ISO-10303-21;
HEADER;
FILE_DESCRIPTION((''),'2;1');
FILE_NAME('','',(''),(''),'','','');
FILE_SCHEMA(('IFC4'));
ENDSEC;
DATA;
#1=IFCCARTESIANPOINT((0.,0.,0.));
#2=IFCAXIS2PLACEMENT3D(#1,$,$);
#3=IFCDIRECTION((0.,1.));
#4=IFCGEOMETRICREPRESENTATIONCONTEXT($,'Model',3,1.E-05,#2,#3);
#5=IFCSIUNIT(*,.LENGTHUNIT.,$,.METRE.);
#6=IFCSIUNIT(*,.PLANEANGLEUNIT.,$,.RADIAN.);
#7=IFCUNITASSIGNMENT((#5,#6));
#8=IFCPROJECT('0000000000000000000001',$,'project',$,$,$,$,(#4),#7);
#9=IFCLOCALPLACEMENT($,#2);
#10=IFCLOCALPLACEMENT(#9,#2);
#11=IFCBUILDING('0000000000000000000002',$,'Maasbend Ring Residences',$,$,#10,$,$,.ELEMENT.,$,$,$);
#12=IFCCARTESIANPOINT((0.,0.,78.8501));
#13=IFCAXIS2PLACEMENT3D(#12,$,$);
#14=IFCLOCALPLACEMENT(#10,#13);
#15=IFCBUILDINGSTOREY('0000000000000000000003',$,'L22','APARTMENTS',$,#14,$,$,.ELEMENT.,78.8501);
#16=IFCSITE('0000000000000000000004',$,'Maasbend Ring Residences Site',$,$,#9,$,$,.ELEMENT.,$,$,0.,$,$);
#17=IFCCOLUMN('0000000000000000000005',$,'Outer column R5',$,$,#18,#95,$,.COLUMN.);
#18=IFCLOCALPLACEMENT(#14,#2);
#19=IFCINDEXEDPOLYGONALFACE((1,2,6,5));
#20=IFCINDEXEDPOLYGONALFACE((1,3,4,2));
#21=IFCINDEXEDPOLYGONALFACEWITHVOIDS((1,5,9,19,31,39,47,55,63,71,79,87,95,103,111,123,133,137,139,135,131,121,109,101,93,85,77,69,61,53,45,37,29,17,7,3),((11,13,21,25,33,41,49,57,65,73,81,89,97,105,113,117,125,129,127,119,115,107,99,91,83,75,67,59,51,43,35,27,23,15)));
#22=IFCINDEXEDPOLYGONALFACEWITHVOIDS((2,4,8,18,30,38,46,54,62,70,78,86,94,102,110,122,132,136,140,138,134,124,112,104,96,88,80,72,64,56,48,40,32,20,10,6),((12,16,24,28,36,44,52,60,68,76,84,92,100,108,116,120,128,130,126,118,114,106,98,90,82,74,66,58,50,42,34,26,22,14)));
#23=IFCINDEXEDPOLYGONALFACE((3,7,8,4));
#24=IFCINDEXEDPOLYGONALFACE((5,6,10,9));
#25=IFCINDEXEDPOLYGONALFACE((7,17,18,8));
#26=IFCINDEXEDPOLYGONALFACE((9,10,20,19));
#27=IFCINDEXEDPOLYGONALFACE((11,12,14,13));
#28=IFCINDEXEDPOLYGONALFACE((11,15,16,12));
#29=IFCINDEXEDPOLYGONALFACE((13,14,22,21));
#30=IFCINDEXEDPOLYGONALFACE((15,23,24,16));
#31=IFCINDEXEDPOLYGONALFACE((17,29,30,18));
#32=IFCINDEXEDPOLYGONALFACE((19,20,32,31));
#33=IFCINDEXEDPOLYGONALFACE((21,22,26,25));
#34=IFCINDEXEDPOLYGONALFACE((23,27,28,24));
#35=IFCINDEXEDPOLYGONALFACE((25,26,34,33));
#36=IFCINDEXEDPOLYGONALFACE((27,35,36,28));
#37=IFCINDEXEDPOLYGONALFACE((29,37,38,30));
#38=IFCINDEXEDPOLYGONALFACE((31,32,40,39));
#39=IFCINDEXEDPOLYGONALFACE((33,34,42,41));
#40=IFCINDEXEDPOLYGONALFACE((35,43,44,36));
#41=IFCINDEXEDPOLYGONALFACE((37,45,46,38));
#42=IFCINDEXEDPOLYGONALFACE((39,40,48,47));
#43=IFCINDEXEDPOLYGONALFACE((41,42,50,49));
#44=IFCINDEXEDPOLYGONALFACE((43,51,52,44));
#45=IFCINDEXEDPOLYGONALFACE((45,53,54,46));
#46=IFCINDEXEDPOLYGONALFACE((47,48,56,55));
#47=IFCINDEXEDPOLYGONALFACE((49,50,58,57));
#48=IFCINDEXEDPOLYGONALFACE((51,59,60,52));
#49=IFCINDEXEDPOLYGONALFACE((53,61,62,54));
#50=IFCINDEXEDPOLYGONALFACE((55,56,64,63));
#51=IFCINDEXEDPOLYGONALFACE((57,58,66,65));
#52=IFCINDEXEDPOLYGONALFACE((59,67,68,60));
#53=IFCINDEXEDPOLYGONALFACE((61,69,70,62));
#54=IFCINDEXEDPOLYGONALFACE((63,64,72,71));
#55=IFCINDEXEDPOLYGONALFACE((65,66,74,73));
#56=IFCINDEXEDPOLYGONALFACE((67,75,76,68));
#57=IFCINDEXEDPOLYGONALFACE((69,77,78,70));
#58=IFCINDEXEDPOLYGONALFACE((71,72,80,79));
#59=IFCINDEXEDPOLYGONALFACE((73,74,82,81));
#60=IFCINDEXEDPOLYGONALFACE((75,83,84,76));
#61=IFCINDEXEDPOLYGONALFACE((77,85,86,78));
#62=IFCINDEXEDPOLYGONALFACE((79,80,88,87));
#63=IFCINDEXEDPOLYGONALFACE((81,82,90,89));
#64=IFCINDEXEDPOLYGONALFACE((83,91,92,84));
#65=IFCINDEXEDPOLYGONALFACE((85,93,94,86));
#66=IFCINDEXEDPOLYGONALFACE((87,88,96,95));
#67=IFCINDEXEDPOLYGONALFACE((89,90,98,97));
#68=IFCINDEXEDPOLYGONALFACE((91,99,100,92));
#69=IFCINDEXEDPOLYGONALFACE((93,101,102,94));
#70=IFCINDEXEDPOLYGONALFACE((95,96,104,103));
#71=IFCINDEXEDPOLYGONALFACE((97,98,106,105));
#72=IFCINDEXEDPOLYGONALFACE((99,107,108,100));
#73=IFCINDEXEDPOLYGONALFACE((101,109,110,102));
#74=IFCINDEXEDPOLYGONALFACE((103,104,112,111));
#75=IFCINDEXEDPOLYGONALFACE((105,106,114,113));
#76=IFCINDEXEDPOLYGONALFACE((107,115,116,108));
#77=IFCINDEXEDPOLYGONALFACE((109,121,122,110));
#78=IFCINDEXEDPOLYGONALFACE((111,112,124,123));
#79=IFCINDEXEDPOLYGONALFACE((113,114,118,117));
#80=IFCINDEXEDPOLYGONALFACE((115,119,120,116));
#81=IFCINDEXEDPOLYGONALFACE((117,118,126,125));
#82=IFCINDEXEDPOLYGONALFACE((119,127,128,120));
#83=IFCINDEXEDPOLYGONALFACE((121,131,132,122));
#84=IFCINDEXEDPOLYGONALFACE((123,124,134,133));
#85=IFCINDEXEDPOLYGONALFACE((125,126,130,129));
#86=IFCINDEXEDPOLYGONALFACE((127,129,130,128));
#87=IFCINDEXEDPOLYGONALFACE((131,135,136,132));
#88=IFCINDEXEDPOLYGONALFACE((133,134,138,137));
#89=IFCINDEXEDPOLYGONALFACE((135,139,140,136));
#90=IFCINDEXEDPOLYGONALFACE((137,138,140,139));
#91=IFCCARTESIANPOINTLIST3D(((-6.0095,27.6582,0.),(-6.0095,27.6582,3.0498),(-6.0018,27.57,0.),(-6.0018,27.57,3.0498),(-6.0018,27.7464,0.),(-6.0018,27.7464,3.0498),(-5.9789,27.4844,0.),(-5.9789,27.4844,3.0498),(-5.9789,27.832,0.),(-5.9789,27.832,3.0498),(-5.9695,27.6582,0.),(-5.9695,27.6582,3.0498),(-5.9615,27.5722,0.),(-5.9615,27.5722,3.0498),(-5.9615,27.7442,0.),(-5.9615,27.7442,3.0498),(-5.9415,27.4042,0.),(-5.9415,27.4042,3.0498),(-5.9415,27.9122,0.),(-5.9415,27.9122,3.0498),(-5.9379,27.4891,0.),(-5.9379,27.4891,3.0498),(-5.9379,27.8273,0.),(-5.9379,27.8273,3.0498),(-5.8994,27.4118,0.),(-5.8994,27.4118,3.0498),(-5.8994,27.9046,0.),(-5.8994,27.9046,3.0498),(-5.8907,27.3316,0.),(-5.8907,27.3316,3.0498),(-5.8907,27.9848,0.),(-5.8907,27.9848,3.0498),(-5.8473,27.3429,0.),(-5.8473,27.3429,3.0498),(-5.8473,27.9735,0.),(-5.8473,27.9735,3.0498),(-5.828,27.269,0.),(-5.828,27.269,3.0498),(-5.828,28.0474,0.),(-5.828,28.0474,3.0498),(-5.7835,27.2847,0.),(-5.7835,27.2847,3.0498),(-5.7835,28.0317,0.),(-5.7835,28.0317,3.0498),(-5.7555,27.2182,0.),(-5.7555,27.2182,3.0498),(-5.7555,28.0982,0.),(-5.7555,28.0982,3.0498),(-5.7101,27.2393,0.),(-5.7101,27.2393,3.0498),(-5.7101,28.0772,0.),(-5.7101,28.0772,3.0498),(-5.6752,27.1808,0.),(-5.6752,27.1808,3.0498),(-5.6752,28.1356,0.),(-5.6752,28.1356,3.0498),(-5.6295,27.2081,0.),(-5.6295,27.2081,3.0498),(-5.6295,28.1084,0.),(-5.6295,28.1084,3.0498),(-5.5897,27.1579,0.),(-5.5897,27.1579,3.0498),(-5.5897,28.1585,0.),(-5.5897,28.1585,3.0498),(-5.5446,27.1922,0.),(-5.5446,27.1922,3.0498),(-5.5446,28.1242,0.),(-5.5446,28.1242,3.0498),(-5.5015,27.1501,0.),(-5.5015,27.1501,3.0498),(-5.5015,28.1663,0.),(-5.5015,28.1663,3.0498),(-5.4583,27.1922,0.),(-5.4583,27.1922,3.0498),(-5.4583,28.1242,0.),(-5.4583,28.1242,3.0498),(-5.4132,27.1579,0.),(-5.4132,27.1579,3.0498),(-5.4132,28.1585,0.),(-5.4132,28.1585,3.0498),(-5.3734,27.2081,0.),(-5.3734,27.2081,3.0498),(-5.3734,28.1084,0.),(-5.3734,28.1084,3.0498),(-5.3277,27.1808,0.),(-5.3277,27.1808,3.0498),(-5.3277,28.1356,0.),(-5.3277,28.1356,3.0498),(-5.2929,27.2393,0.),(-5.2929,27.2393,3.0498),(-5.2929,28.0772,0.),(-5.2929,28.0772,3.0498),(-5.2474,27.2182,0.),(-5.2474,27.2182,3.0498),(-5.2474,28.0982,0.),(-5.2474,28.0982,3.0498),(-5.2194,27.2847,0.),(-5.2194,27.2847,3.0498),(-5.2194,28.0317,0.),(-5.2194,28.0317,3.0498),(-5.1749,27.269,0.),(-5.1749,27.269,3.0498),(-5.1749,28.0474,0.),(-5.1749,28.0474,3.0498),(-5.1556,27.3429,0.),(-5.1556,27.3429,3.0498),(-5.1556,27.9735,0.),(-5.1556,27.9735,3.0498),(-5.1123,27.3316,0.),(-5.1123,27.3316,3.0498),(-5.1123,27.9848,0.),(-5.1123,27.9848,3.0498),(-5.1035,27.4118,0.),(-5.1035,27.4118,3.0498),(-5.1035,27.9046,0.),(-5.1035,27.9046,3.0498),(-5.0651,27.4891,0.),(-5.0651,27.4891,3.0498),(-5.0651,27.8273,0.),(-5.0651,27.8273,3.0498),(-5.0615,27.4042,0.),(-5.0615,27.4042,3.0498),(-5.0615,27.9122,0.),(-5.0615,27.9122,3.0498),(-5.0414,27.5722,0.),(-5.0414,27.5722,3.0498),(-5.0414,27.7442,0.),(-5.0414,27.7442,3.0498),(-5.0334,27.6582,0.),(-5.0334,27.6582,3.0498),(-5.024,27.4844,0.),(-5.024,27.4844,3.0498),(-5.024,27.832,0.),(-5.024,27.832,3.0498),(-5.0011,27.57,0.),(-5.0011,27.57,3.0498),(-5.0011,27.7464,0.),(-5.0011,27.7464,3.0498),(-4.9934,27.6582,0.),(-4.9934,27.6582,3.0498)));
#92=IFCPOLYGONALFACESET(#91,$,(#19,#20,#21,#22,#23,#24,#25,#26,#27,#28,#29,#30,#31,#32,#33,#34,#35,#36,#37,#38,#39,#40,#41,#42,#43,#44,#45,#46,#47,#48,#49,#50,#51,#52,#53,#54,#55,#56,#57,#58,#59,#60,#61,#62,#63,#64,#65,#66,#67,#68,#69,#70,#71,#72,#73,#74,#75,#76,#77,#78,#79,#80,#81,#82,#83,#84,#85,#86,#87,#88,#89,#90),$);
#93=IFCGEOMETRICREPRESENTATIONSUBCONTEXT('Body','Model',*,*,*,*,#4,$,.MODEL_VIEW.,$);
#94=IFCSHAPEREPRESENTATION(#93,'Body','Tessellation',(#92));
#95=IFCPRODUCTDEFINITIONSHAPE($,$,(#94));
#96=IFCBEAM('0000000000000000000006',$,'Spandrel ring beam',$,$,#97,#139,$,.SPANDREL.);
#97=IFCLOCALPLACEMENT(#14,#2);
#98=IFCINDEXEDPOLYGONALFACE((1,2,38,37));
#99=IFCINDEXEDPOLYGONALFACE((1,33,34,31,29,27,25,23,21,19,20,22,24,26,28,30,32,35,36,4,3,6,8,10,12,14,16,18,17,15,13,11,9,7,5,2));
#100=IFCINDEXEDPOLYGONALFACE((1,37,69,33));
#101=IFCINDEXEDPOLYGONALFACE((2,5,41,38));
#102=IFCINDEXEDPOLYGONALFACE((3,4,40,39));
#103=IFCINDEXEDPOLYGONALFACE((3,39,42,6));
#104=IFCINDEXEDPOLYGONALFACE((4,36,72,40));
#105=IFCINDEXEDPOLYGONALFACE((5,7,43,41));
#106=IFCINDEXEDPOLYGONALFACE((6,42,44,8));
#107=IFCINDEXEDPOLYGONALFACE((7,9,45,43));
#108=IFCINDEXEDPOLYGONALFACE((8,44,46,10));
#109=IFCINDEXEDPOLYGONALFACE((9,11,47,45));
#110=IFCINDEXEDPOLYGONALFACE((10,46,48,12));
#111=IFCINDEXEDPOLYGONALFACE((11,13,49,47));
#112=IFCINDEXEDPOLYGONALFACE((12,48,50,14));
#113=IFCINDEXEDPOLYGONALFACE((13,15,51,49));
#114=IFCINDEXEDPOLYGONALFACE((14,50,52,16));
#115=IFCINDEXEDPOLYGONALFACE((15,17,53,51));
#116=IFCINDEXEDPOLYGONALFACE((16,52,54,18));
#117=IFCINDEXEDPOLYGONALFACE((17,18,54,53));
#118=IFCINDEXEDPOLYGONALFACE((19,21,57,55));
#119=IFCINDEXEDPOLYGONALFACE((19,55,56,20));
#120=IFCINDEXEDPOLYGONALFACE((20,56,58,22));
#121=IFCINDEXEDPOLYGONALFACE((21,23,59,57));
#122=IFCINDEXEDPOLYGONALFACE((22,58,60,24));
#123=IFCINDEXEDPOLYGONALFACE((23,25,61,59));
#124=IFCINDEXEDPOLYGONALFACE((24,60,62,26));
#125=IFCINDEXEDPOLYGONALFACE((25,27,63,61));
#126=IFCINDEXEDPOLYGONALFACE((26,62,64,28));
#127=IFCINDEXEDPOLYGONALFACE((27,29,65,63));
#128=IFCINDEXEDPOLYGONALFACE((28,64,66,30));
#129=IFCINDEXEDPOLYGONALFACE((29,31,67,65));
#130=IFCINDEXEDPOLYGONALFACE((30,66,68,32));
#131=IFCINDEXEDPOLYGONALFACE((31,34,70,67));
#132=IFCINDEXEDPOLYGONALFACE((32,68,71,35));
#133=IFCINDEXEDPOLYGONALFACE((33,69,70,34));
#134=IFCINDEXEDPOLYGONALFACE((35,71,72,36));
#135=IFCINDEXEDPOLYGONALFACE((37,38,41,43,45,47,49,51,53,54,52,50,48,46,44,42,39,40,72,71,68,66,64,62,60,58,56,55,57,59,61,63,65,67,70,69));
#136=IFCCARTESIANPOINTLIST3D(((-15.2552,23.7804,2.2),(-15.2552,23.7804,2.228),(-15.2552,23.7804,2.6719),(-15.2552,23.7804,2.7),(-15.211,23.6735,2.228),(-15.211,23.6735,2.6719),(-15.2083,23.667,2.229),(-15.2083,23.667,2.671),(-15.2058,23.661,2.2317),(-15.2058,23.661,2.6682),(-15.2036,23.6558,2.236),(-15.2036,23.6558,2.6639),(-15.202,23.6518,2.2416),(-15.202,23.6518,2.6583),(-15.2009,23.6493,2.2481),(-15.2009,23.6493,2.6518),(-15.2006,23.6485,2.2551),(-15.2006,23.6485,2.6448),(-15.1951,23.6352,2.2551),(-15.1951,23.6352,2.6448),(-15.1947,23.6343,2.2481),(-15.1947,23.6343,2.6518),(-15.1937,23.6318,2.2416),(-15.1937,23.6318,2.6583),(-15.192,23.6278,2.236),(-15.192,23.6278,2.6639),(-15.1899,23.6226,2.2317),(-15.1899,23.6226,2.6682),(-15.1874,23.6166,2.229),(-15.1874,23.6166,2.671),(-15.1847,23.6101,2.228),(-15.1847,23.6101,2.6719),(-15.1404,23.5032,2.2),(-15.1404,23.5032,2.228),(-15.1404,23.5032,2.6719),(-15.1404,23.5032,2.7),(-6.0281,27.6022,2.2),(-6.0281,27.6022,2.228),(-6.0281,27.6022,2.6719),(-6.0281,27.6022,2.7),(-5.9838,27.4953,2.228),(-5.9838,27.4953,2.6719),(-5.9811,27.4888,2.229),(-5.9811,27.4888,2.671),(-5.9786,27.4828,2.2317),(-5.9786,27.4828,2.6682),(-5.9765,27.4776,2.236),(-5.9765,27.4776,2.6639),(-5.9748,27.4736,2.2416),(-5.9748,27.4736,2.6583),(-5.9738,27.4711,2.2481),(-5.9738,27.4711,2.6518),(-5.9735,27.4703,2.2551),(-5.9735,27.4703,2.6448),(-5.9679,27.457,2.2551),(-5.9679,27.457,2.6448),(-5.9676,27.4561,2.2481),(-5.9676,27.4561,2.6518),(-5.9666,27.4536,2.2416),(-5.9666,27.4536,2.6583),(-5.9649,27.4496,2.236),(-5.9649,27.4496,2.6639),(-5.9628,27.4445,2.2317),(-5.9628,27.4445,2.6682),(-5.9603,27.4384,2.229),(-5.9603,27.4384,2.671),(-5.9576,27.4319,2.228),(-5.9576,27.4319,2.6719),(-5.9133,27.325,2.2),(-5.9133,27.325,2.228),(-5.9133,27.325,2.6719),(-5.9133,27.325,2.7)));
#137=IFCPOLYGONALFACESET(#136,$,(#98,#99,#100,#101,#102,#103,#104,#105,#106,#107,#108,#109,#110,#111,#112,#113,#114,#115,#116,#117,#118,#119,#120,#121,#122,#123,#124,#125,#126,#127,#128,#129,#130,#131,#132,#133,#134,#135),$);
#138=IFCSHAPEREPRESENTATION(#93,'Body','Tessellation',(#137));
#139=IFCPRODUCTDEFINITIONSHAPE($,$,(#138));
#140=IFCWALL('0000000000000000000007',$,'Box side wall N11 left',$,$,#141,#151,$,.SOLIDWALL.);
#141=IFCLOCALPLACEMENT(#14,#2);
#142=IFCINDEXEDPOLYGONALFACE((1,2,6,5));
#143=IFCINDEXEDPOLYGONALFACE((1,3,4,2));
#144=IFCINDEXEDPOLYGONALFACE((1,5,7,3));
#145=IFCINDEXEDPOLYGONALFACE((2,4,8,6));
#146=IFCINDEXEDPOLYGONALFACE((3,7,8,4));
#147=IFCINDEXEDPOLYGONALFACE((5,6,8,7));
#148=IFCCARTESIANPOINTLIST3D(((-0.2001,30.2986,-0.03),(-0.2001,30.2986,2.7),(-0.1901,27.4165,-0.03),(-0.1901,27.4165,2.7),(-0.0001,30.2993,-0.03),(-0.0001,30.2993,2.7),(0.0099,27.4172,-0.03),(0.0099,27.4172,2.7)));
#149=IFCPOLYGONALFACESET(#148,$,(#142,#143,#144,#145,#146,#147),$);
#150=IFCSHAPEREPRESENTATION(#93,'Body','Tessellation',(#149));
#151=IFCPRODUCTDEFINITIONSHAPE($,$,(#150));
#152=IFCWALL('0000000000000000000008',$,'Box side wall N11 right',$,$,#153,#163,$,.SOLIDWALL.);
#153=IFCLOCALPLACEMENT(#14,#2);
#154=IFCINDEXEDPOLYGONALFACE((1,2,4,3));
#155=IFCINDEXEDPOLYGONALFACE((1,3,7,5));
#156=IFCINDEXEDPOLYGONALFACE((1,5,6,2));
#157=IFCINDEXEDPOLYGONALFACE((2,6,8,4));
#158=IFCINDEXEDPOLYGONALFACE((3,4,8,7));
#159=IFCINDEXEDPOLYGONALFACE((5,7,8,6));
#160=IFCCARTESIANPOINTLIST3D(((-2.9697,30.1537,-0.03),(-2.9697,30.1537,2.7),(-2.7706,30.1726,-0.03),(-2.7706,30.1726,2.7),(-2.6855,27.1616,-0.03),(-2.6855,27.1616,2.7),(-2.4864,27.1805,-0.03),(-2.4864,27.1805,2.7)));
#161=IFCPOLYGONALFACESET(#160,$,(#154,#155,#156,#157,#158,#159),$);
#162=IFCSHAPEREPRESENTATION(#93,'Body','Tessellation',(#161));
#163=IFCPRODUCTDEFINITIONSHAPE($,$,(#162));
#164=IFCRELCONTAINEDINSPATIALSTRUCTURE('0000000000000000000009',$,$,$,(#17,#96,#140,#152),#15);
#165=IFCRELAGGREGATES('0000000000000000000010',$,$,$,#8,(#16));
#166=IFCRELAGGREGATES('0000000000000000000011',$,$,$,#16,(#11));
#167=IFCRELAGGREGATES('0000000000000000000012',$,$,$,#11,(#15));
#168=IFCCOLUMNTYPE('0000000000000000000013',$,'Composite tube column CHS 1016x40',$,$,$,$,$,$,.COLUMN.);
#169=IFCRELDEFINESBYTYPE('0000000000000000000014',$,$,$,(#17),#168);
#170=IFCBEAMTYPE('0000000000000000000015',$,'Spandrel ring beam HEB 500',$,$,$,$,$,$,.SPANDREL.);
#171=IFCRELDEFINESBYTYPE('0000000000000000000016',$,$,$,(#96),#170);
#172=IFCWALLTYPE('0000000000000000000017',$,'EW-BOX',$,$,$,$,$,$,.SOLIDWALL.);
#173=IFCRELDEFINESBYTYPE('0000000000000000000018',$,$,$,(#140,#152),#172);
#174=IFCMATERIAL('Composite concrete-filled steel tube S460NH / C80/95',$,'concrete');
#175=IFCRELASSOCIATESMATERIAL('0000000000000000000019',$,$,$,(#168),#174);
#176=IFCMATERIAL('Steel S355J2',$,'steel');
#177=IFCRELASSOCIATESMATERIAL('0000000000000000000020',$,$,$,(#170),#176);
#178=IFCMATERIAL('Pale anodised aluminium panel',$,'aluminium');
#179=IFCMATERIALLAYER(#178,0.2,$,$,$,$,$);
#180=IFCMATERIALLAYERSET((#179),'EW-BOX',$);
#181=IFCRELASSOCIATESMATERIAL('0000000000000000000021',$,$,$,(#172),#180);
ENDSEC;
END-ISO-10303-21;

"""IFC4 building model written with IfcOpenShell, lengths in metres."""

from ifc_helpers import new_model, si_unit, direction, frame, frame_2d, origin, origin_2d, place, context, subcontext, project, spatial, rectangle, hollow_circle, i_section, extrude, material, layer, layer_set, material_profile, profile_set, type_object, element, save


model = new_model("IFC4")

# Units and contexts
model_context = context("Model", 3, precision=1e-05, world=origin(), true_north=direction((0.0, 1.0)))
body_context = subcontext(model_context, "Body", "Model", "MODEL_VIEW")
ifc_project = project(units=[si_unit("LENGTHUNIT", "METRE"), si_unit("PLANEANGLEUNIT", "RADIAN")], contexts=[model_context])

# Site, building, storey
site_placement = place(None, origin())
site = spatial("IfcSite", under=ifc_project, at=site_placement, Name="Maasbend Ring Residences Site", CompositionType="ELEMENT", RefElevation=0.0)
building_placement = place(site_placement, origin())
building = spatial("IfcBuilding", under=site, at=building_placement, Name="Maasbend Ring Residences", CompositionType="ELEMENT")
storey_placement = place(building_placement, frame((0.0, 0.0, 78.8501)))
storey = spatial("IfcBuildingStorey", under=building, at=storey_placement, Name="L22", Description="APARTMENTS", CompositionType="ELEMENT", Elevation=78.8501)

# Column
ifc_material_1 = material(Name="Composite concrete-filled steel tube S460NH / C80/95", Category="concrete")
ifc_material_profile_1 = material_profile(ifc_material_1, hollow_circle(Radius=0.5081, WallThickness=0.04, at=origin_2d()), Name="Composite tube column CHS 1016x40")
ifc_profile_set_1 = profile_set([ifc_material_profile_1], Name="Composite concrete-filled steel tube S460NH / C80/95")
column_type = type_object("IfcColumnType", Name="Composite tube column CHS 1016x40", PredefinedType="COLUMN", material=ifc_profile_set_1)
column_placement = place(storey_placement, frame((-5.5015, 27.6582, 0.0), z_axis=(0.0, 0.0, 1.0), x_axis=(1.0, 0.0, 0.0)))
element("IfcColumn", 1, at=column_placement, inside=storey, type_object=column_type, Name="Outer column R5", PredefinedType="COLUMN", context=body_context, shape_type="SweptSolid", body=[
    extrude(hollow_circle(Radius=0.5081, WallThickness=0.04, at=origin_2d()), origin(), (0.0, 0.0, 1.0), 3.0498),
])

# Beam
ifc_material_2 = material(Name="Steel S355J2", Category="steel")
ifc_material_profile_2 = material_profile(ifc_material_2, i_section(OverallWidth=0.3, OverallDepth=0.5, WebThickness=0.0144, FlangeThickness=0.0281, FilletRadius=0.0271, at=origin_2d()), Name="HEB 500")
ifc_profile_set_2 = profile_set([ifc_material_profile_2], Name="Steel S355J2")
beam_type = type_object("IfcBeamType", Name="Spandrel ring beam HEB 500", PredefinedType="SPANDREL", material=ifc_profile_set_2)
beam_placement = place(storey_placement, frame((-5.9707, 27.4636, 2.45), z_axis=(-0.923886, -0.382667, 0.0), x_axis=(0.382667, -0.923886, 0.0)))
element("IfcBeam", 2, at=beam_placement, inside=storey, type_object=beam_type, Name="Spandrel ring beam", PredefinedType="SPANDREL", context=body_context, shape_type="SweptSolid", body=[
    extrude(i_section(OverallWidth=0.3, OverallDepth=0.5, WebThickness=0.0144, FlangeThickness=0.0281, FilletRadius=0.0271, at=origin_2d()), origin(), (0.0, 0.0, 1.0), 9.9873),
])

# Walls
ifc_material_3 = material(Name="Pale anodised aluminium panel", Category="aluminium")
ifc_layer_1 = layer(ifc_material_3, 0.2)
ifc_layer_set_1 = layer_set([ifc_layer_1], Name="EW-BOX")
wall_type_1 = type_object("IfcWallType", Name="EW-BOX", PredefinedType="SOLIDWALL", material=ifc_layer_set_1)
wall_1_placement = place(storey_placement, frame((-0.0901, 27.417, -0.03), z_axis=(0.0, 0.0, 1.0), x_axis=(-0.003473, 0.999994, 0.0)))
element("IfcWall", 3, at=wall_1_placement, inside=storey, type_object=wall_type_1, Name="Box side wall N11 left", PredefinedType="SOLIDWALL", context=body_context, shape_type="SweptSolid", body=[
    extrude(rectangle(XDim=2.8821, YDim=0.2, at=frame_2d((1.4409, 0.0))), origin(), (0.0, 0.0, 1.0), 2.73),
])
wall_2_placement = place(storey_placement, frame((-2.5859, 27.1709, -0.03), z_axis=(0.0, 0.0, 1.0), x_axis=(-0.094548, 0.99552, 0.0)))
element("IfcWall", 4, at=wall_2_placement, inside=storey, type_object=wall_type_1, Name="Box side wall N11 right", PredefinedType="SOLIDWALL", context=body_context, shape_type="SweptSolid", body=[
    extrude(rectangle(XDim=3.0056, YDim=0.2, at=frame_2d((1.5029, 0.0))), origin(), (0.0, 0.0, 1.0), 2.73),
])

save(model, "model.ifc")
